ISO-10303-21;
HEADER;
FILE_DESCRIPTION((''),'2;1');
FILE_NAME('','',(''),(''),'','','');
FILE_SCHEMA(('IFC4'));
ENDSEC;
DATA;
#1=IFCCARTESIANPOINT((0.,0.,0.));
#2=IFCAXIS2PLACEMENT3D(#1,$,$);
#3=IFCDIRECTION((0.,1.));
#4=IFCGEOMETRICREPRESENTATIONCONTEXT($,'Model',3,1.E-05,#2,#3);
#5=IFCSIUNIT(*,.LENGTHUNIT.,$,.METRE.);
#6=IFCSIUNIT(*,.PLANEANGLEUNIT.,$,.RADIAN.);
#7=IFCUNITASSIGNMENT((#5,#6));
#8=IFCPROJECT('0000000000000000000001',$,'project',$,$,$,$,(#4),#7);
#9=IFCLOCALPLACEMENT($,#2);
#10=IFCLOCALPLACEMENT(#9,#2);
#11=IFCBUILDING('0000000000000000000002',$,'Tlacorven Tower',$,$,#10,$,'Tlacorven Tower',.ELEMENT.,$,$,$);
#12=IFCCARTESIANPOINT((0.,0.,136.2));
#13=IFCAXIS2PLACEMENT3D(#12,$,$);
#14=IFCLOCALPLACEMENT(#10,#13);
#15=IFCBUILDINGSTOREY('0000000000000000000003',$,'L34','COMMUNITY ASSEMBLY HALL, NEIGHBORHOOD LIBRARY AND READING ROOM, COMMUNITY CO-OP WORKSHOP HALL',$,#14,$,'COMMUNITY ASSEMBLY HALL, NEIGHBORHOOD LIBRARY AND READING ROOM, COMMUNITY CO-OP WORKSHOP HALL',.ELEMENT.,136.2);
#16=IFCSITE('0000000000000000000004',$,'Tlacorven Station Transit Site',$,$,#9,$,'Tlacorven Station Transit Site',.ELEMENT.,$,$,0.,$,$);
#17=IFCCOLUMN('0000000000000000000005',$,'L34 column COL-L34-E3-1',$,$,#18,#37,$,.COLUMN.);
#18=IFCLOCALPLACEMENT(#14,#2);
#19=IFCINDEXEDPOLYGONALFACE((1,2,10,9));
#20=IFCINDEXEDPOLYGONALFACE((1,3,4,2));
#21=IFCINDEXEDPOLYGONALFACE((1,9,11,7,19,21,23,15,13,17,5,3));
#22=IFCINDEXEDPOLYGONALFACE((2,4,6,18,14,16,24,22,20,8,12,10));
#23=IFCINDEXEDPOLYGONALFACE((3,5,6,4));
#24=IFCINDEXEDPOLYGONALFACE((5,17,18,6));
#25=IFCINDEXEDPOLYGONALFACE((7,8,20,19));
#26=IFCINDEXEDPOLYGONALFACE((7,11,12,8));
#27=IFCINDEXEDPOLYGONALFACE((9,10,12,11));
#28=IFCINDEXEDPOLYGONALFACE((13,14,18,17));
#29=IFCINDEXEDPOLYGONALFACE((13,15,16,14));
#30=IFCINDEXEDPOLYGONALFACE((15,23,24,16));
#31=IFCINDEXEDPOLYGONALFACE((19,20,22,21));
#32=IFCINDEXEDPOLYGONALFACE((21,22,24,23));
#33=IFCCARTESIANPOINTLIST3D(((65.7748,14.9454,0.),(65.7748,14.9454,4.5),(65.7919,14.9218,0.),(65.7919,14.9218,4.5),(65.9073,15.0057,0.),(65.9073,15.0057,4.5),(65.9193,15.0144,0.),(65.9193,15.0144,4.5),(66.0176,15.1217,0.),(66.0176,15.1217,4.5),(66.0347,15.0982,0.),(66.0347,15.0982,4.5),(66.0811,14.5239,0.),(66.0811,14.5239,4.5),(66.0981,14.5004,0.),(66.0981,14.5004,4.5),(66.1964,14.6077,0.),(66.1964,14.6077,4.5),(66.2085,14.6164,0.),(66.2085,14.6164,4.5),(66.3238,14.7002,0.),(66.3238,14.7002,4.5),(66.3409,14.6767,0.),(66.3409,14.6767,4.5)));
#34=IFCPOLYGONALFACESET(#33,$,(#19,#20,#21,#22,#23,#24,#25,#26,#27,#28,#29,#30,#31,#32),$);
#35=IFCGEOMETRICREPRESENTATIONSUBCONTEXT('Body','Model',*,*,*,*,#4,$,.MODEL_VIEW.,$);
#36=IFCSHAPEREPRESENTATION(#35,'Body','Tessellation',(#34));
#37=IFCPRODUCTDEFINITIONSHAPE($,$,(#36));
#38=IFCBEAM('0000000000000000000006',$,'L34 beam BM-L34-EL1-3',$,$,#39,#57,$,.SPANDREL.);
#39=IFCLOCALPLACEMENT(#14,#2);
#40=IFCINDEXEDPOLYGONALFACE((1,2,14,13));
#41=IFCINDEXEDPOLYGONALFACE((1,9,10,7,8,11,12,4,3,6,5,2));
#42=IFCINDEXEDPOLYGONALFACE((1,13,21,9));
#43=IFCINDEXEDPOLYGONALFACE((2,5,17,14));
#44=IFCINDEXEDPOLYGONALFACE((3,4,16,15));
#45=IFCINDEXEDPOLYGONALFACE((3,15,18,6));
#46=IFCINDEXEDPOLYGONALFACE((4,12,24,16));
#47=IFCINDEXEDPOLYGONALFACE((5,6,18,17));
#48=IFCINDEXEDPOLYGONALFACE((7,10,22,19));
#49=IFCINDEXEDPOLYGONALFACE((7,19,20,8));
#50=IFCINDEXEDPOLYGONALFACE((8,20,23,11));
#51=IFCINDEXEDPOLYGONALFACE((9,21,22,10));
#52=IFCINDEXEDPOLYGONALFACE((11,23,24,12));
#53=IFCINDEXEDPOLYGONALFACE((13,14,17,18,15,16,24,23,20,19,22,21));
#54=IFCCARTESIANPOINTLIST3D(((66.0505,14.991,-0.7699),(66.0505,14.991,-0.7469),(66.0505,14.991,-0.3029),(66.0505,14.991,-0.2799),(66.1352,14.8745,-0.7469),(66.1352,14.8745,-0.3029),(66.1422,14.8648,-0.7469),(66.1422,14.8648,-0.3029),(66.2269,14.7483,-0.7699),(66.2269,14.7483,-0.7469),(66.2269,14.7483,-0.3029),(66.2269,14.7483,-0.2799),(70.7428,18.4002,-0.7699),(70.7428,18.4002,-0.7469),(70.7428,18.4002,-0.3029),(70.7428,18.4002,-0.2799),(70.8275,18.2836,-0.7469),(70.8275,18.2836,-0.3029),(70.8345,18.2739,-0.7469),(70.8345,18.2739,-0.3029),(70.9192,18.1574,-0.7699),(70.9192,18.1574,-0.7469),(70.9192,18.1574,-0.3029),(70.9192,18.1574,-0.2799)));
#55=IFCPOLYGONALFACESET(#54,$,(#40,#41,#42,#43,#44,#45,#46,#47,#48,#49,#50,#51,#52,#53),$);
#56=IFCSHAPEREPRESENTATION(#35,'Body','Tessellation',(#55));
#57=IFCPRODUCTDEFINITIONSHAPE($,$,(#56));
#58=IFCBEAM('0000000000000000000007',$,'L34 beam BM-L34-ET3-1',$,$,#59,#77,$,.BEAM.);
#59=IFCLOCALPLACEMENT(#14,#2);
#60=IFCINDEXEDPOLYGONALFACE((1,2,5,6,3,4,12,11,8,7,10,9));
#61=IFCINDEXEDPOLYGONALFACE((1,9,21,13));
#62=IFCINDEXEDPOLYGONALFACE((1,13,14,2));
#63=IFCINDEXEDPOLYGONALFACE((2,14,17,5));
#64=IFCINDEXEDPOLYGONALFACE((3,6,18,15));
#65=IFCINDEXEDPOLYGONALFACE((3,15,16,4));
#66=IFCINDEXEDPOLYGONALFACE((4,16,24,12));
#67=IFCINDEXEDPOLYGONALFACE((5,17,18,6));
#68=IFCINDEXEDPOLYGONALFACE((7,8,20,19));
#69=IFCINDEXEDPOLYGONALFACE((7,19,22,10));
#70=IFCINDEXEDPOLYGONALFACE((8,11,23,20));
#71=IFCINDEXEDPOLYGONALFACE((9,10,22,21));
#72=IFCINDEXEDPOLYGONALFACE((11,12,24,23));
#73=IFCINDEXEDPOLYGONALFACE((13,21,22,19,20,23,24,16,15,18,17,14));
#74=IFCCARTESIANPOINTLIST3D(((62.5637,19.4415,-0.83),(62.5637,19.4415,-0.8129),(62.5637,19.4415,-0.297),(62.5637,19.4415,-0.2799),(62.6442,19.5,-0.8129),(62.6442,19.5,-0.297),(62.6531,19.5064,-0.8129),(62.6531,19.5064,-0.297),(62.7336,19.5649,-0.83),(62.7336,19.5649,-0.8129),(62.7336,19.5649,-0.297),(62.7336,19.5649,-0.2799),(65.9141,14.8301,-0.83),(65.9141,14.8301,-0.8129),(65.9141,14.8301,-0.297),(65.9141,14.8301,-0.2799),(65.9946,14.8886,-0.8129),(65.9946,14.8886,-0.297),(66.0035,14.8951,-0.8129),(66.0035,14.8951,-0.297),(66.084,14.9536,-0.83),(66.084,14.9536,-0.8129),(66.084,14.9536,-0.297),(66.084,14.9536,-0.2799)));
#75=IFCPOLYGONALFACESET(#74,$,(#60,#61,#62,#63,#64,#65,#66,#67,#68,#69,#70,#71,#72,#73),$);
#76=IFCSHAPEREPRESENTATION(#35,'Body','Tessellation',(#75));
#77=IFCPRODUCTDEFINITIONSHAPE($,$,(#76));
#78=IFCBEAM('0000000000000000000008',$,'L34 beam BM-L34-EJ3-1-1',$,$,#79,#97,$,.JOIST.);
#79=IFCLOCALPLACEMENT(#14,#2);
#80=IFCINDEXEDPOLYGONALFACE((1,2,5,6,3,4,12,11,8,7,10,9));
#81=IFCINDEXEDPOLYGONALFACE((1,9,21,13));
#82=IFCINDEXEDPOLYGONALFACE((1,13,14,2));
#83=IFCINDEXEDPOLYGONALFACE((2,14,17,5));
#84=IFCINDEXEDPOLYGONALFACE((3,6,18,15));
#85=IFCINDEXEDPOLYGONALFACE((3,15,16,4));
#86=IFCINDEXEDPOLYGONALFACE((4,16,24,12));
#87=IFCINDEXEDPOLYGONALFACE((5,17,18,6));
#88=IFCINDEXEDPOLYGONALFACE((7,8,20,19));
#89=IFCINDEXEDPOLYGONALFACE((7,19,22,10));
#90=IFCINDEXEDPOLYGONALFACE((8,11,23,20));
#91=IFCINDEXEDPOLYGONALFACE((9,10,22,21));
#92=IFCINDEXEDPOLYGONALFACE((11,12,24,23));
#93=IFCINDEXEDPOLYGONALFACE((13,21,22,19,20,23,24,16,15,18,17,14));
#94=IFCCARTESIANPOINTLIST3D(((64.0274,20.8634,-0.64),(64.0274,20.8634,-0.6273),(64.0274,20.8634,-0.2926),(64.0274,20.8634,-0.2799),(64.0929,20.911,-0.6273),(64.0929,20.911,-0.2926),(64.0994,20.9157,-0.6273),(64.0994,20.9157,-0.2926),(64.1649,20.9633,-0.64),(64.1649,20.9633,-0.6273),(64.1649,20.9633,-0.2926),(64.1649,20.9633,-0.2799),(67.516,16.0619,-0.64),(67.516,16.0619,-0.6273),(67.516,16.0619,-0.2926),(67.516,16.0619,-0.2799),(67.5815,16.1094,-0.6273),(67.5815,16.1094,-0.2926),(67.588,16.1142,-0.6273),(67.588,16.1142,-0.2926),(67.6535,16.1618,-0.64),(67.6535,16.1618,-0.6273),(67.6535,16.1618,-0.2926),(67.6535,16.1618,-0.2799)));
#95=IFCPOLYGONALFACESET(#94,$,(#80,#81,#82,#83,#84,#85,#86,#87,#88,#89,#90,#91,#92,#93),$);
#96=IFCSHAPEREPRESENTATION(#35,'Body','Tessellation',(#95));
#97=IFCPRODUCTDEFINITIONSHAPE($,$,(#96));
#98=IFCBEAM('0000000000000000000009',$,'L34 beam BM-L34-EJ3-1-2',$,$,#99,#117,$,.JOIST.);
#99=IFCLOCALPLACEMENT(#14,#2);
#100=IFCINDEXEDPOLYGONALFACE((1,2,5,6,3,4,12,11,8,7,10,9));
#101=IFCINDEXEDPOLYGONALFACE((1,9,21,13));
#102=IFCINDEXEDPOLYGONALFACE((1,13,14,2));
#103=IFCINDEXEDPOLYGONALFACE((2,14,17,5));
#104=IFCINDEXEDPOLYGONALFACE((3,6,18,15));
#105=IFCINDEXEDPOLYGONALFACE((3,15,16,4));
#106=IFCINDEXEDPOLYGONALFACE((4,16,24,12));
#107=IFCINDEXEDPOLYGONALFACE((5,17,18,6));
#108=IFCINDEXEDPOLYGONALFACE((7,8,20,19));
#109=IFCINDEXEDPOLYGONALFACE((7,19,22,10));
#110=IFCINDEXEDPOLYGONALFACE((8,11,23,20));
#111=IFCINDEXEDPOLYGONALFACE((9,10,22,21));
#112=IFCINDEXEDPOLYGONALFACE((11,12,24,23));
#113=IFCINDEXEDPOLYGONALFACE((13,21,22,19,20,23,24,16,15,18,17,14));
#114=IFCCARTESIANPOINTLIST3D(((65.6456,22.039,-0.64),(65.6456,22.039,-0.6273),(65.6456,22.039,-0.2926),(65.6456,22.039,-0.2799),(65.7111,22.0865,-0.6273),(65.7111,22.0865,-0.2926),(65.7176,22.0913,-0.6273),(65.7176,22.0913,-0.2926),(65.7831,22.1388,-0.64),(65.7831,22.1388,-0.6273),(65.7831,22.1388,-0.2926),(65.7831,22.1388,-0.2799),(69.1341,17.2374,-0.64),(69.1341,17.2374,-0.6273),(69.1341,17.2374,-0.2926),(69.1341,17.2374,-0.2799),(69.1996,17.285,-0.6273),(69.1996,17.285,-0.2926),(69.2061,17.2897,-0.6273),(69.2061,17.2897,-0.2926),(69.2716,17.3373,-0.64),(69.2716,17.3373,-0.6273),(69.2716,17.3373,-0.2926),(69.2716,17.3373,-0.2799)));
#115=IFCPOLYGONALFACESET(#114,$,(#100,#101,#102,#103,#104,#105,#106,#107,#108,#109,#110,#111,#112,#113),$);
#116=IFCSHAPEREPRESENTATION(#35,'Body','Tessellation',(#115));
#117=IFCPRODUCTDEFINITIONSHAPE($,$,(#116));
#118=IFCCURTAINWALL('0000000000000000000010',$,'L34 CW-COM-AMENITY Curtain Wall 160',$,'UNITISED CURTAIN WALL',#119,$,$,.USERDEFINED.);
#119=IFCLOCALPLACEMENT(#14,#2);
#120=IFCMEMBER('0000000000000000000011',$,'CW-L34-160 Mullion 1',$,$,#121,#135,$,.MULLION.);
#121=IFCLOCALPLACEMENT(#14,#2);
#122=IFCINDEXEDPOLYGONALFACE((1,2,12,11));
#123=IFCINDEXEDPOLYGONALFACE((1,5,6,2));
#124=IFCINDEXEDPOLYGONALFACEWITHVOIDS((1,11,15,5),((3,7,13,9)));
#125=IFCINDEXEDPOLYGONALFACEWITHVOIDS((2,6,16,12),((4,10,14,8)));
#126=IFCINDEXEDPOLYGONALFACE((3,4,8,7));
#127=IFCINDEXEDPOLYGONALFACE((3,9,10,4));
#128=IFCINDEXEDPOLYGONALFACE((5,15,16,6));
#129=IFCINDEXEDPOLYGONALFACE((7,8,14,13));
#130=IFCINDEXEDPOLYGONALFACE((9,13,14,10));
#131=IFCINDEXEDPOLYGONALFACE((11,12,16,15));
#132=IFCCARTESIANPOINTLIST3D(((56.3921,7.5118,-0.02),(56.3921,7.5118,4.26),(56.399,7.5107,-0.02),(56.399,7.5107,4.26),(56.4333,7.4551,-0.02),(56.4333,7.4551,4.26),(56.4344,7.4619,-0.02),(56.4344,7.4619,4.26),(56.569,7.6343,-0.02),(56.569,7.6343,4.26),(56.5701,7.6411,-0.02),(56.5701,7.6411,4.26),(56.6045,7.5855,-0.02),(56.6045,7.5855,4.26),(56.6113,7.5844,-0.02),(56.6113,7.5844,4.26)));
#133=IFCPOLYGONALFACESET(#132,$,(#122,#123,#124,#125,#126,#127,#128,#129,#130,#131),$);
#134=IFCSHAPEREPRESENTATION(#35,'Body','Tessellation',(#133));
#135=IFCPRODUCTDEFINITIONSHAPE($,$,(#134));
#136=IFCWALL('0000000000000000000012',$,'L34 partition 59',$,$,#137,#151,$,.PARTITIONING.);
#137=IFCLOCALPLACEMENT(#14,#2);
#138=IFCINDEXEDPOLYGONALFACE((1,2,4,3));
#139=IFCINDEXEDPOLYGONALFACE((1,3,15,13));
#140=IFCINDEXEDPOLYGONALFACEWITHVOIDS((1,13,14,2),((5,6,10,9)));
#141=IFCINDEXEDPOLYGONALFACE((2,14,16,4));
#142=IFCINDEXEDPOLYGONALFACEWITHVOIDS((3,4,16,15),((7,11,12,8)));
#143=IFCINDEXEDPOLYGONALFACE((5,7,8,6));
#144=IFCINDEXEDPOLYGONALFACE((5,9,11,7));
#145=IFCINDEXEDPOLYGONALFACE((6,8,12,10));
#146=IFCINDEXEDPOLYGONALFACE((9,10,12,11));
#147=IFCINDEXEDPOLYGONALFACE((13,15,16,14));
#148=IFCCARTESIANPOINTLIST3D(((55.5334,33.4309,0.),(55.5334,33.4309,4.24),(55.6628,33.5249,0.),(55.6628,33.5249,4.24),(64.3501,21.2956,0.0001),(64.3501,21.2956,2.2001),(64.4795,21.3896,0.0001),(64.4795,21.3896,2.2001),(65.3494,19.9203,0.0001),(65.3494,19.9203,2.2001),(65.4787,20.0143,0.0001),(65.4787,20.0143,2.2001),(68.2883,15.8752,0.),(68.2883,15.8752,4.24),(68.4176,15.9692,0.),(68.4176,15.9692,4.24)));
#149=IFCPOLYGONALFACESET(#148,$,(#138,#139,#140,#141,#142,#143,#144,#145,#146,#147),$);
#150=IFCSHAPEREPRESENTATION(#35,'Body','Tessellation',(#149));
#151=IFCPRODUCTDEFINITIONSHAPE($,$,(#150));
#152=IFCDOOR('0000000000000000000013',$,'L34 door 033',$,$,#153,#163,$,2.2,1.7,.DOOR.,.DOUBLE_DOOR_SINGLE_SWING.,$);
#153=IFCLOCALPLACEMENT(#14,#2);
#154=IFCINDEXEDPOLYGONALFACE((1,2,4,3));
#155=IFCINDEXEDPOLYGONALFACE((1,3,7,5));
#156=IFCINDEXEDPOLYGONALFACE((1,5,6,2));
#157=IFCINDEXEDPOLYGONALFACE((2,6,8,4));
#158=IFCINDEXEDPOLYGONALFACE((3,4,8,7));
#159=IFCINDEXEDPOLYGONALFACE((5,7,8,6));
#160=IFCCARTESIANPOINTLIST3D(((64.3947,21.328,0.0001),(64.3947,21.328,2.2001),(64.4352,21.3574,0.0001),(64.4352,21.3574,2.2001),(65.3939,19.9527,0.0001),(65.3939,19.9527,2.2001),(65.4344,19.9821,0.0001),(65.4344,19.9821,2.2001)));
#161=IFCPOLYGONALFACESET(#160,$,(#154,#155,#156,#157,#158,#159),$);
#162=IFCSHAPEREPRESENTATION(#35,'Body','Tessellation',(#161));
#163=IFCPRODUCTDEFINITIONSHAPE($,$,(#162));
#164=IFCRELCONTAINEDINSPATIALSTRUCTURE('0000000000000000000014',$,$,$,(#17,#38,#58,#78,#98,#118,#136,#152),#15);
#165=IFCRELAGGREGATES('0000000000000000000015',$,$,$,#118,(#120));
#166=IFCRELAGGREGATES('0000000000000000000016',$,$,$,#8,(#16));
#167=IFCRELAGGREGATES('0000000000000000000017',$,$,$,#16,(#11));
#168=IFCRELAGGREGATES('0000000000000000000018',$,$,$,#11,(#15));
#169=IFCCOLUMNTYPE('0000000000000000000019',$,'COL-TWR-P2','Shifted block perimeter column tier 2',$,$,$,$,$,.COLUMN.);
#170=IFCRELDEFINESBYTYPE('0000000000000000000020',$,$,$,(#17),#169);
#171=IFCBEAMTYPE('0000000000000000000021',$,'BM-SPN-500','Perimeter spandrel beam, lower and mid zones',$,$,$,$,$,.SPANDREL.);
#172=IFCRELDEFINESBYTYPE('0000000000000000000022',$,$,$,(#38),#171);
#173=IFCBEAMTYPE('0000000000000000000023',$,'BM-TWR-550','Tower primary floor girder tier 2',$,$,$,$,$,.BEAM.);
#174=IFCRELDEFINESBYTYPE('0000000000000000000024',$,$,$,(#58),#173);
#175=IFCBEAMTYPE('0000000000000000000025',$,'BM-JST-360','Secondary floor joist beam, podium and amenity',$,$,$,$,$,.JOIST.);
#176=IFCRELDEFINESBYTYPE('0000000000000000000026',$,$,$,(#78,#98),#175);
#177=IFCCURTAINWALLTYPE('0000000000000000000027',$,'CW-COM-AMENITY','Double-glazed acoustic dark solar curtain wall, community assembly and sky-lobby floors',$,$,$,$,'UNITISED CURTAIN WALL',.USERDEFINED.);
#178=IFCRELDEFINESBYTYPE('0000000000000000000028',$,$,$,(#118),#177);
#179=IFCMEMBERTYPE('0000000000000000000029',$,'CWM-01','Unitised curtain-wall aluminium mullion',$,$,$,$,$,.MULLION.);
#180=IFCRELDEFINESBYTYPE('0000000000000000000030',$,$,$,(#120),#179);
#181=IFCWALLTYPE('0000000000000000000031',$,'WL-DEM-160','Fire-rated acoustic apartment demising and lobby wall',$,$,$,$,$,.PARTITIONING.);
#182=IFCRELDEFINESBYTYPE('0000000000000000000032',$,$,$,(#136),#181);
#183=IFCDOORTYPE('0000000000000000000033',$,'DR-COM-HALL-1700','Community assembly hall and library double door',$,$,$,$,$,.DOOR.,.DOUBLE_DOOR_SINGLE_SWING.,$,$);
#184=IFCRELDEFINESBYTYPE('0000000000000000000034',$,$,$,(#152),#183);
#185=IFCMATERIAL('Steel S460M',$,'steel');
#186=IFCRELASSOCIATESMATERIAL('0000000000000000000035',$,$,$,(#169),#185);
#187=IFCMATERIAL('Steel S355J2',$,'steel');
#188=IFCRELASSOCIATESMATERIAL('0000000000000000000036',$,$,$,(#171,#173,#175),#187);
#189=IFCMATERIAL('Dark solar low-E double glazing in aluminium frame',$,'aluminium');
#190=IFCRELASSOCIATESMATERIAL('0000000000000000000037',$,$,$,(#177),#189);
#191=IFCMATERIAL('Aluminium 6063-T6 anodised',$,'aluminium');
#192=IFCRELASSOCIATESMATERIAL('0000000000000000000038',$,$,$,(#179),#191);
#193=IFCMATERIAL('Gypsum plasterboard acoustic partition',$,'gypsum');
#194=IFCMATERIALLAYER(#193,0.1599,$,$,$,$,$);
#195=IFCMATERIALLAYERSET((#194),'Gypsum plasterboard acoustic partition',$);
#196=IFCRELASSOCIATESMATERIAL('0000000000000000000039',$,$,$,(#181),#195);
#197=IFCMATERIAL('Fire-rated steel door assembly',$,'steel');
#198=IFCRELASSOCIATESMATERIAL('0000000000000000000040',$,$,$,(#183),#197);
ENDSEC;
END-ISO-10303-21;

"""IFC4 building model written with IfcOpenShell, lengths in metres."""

from ifc_helpers import new_model, si_unit, direction, frame, frame_2d, origin, origin_2d, place, context, subcontext, project, spatial, rectangle, hollow_rectangle, i_section, extrude, source, transform, mapped, material, layer, layer_set, material_profile, profile_set, type_object, element, fill, aggregate, save


model = new_model("IFC4")

# Units and contexts
model_context = context("Model", 3, precision=1e-05, world=origin(), true_north=direction((0.0, 1.0)))
body_context = subcontext(model_context, "Body", "Model", "MODEL_VIEW")
ifc_project = project(units=[si_unit("LENGTHUNIT", "METRE"), si_unit("PLANEANGLEUNIT", "RADIAN")], contexts=[model_context])

# Site, building, storey
site_placement = place(None, origin())
site = spatial("IfcSite", under=ifc_project, at=site_placement, Name="Tlacorven Station Transit Site", LongName="Tlacorven Station Transit Site", CompositionType="ELEMENT", RefElevation=0.0)
building_placement = place(site_placement, origin())
building = spatial("IfcBuilding", under=site, at=building_placement, Name="Tlacorven Tower", LongName="Tlacorven Tower", CompositionType="ELEMENT")
storey_placement = place(building_placement, frame((0.0, 0.0, 136.2)))
storey = spatial("IfcBuildingStorey", under=building, at=storey_placement, Name="L34", Description="COMMUNITY ASSEMBLY HALL, NEIGHBORHOOD LIBRARY AND READING ROOM, COMMUNITY CO-OP WORKSHOP HALL", LongName="COMMUNITY ASSEMBLY HALL, NEIGHBORHOOD LIBRARY AND READING ROOM, COMMUNITY CO-OP WORKSHOP HALL", CompositionType="ELEMENT", Elevation=136.2)

# Column
ifc_material_1 = material(Name="Steel S460M", Category="steel")
ifc_material_profile_1 = material_profile(ifc_material_1, i_section(OverallWidth=0.3, OverallDepth=0.55, WebThickness=0.0149, FlangeThickness=0.0291, at=origin_2d()), Name="HEB 550")
ifc_profile_set_1 = profile_set([ifc_material_profile_1], Name="Steel S460M")
column_type = type_object("IfcColumnType", Name="COL-TWR-P2", Description="Shifted block perimeter column tier 2", PredefinedType="COLUMN", material=ifc_profile_set_1)
shared_shape_1 = source(origin(), body_context, "Body", "SweptSolid", [
    extrude(i_section(OverallWidth=0.3, OverallDepth=0.55, WebThickness=0.0149, FlangeThickness=0.0291, at=origin_2d()), origin(), (0.0, 0.0, 1.0), 4.5),
])
column_placement = place(storey_placement, frame((66.0579, 14.811, 0.0), z_axis=(0.0, 0.0, 1.0), x_axis=(0.809017, 0.587785, 0.0)))
element("IfcColumn", 1, at=column_placement, inside=storey, type_object=column_type, Name="L34 column COL-L34-E3-1", PredefinedType="COLUMN", context=body_context, shape_type="MappedRepresentation", body=[
    mapped(shared_shape_1, transform((0.0, 0.0, 0.0), scale=1.0)),
])

# Beams
ifc_material_2 = material(Name="Steel S355J2", Category="steel")
ifc_material_profile_2 = material_profile(ifc_material_2, i_section(OverallWidth=0.3, OverallDepth=0.49, WebThickness=0.012, FlangeThickness=0.0229, at=origin_2d()), Name="HEA 500")
ifc_profile_set_2 = profile_set([ifc_material_profile_2], Name="Steel S355J2")
beam_type_1 = type_object("IfcBeamType", Name="BM-SPN-500", Description="Perimeter spandrel beam, lower and mid zones", PredefinedType="SPANDREL", material=ifc_profile_set_2)
shared_shape_2 = source(origin(), body_context, "Body", "SweptSolid", [
    extrude(i_section(OverallWidth=0.3, OverallDepth=0.49, WebThickness=0.012, FlangeThickness=0.0229, at=origin_2d()), origin(), (0.0, 0.0, 1.0), 5.8),
])
beam_1_placement = place(storey_placement, frame((66.1387, 14.8696, -0.5249), z_axis=(0.80902, 0.587781, 0.0), x_axis=(-0.587781, 0.80902, 0.0)))
element("IfcBeam", 2, at=beam_1_placement, inside=storey, type_object=beam_type_1, Name="L34 beam BM-L34-EL1-3", PredefinedType="SPANDREL", context=body_context, shape_type="MappedRepresentation", body=[
    mapped(shared_shape_2, transform((0.0, 0.0, 0.0), scale=1.0)),
])
ifc_material_profile_3 = material_profile(ifc_material_2, i_section(OverallWidth=0.21, OverallDepth=0.55, WebThickness=0.011, FlangeThickness=0.0171, at=origin_2d()), Name="IPE 550")
ifc_profile_set_3 = profile_set([ifc_material_profile_3], Name="Steel S355J2")
beam_type_2 = type_object("IfcBeamType", Name="BM-TWR-550", Description="Tower primary floor girder tier 2", PredefinedType="BEAM", material=ifc_profile_set_3)
shared_shape_3 = source(origin(), body_context, "Body", "SweptSolid", [
    extrude(i_section(OverallWidth=0.21, OverallDepth=0.55, WebThickness=0.011, FlangeThickness=0.0171, at=origin_2d()), origin(), (0.0, 0.0, 1.0), 5.7),
])
beam_2_placement = place(storey_placement, frame((65.999, 14.8918, -0.5549), z_axis=(-0.587787, 0.809016, 0.0), x_axis=(-0.809016, -0.587787, 0.0)))
element("IfcBeam", 3, at=beam_2_placement, inside=storey, type_object=beam_type_2, Name="L34 beam BM-L34-ET3-1", PredefinedType="BEAM", context=body_context, shape_type="MappedRepresentation", body=[
    mapped(shared_shape_3, transform((0.0, 0.0, 0.0), scale=1.0)),
])
ifc_material_profile_4 = material_profile(ifc_material_2, i_section(OverallWidth=0.1699, OverallDepth=0.3601, WebThickness=0.0081, FlangeThickness=0.0127, at=origin_2d()), Name="IPE 360")
ifc_profile_set_4 = profile_set([ifc_material_profile_4], Name="Steel S355J2")
beam_type_3 = type_object("IfcBeamType", Name="BM-JST-360", Description="Secondary floor joist beam, podium and amenity", PredefinedType="JOIST", material=ifc_profile_set_4)
shared_shape_4 = source(origin(), body_context, "Body", "SweptSolid", [
    extrude(i_section(OverallWidth=0.1699, OverallDepth=0.3601, WebThickness=0.0081, FlangeThickness=0.0127, at=origin_2d()), origin(), (0.0, 0.0, 1.0), 5.9351),
])
for number, where, z_axis, x_axis, name in (
    (4, (67.5847, 16.1118, -0.46), (-0.587788, 0.809015, 0.0), (-0.809015, -0.587788, 0.0), "L34 beam BM-L34-EJ3-1-1"),
    (5, (69.2029, 17.2874, -0.46), (-0.587788, 0.809015, 0.0), (-0.809015, -0.587788, 0.0), "L34 beam BM-L34-EJ3-1-2"),
):
    element("IfcBeam", number, at=place(storey_placement, frame(where, z_axis=z_axis, x_axis=x_axis)), inside=storey, type_object=beam_type_3, Name=name, PredefinedType="JOIST", context=body_context, shape_type="MappedRepresentation", body=[
        mapped(shared_shape_4, transform((0.0, 0.0, 0.0), scale=1.0)),
    ])

# Curtain wall, member
ifc_material_3 = material(Name="Dark solar low-E double glazing in aluminium frame", Category="aluminium")
curtain_wall_type = type_object("IfcCurtainWallType", Name="CW-COM-AMENITY", Description="Double-glazed acoustic dark solar curtain wall, community assembly and sky-lobby floors", ElementType="UNITISED CURTAIN WALL", PredefinedType="USERDEFINED", material=ifc_material_3)
curtain_wall_placement = place(storey_placement, origin())
curtain_wall = element("IfcCurtainWall", 6, at=curtain_wall_placement, inside=storey, type_object=curtain_wall_type, Name="L34 CW-COM-AMENITY Curtain Wall 160", ObjectType="UNITISED CURTAIN WALL", PredefinedType="USERDEFINED")
ifc_material_4 = material(Name="Aluminium 6063-T6 anodised", Category="aluminium")
ifc_material_profile_5 = material_profile(ifc_material_4, hollow_rectangle(XDim=0.0701, YDim=0.22, WallThickness=0.0049, at=origin_2d()), Name="ALU MULLION 70X220")
ifc_profile_set_5 = profile_set([ifc_material_profile_5], Name="Aluminium 6063-T6 anodised")
member_type = type_object("IfcMemberType", Name="CWM-01", Description="Unitised curtain-wall aluminium mullion", PredefinedType="MULLION", material=ifc_profile_set_5)
shared_shape_5 = source(origin(), body_context, "Body", "SweptSolid", [
    extrude(hollow_rectangle(XDim=0.0701, YDim=0.22, WallThickness=0.0049, at=origin_2d()), origin(), (0.0, 0.0, 1.0), 4.28),
])
member_placement = place(storey_placement, frame((56.5017, 7.5481, -0.02), z_axis=(0.0, 0.0, 1.0), x_axis=(-0.587785, 0.809017, 0.0)))
member = element("IfcMember", 7, at=member_placement, type_object=member_type, Name="CW-L34-160 Mullion 1", PredefinedType="MULLION", context=body_context, shape_type="MappedRepresentation", body=[
    mapped(shared_shape_5, transform((0.0, 0.0, 0.0), scale=1.0)),
])
aggregate(curtain_wall, [member])

# Wall, opening, door
ifc_material_5 = material(Name="Gypsum plasterboard acoustic partition", Category="gypsum")
ifc_layer_1 = layer(ifc_material_5, 0.1599)
ifc_layer_set_1 = layer_set([ifc_layer_1], Name="Gypsum plasterboard acoustic partition")
wall_type_1 = type_object("IfcWallType", Name="WL-DEM-160", Description="Fire-rated acoustic apartment demising and lobby wall", PredefinedType="PARTITIONING", material=ifc_layer_set_1)
wall_1_placement = place(storey_placement, frame((68.353, 15.9221, 0.0), z_axis=(0.0, 0.0, 1.0), x_axis=(-0.587784, 0.809018, 0.0)))
wall_1 = element("IfcWall", 8, at=wall_1_placement, inside=storey, type_object=wall_type_1, Name="L34 partition 59", PredefinedType="PARTITIONING", context=body_context, shape_type="SweptSolid", body=[
    extrude(rectangle(XDim=21.7, YDim=0.1599, at=frame_2d((10.8501, 0.0))), origin(), (0.0, 0.0, 1.0), 4.24),
])
opening_1_placement = place(wall_1_placement, frame((5.0, 0.0, 0.0)))
opening_1 = element("IfcOpeningElement", 9, at=opening_1_placement, cuts=wall_1, PredefinedType="OPENING", context=body_context, shape_type="SweptSolid", body=[
    extrude(rectangle(XDim=1.7, YDim=2.2, at=frame_2d((0.8501, 1.1001))), frame((0.0, 0.0898, 0.0), z_axis=(0.0, -1.0, 0.0), x_axis=(1.0, 0.0, 0.0)), (0.0, 0.0, 1.0), 0.1799),
])
ifc_material_6 = material(Name="Fire-rated steel door assembly", Category="steel")
door_type_1 = type_object("IfcDoorType", Name="DR-COM-HALL-1700", Description="Community assembly hall and library double door", OperationType="DOUBLE_DOOR_SINGLE_SWING", PredefinedType="DOOR", material=ifc_material_6)
shared_shape_6 = source(origin(), body_context, "Body", "SweptSolid", [
    extrude(rectangle(XDim=1.7, YDim=2.2, at=frame_2d((0.8501, 1.1001))), frame((0.0, 0.0249, 0.0), z_axis=(0.0, -1.0, 0.0), x_axis=(1.0, 0.0, 0.0)), (0.0, 0.0, 1.0), 0.05),
])
door_1_placement = place(opening_1_placement, origin())
door_1 = element("IfcDoor", 10, at=door_1_placement, inside=storey, type_object=door_type_1, Name="L34 door 033", OperationType="DOUBLE_DOOR_SINGLE_SWING", OverallHeight=2.2, OverallWidth=1.7, PredefinedType="DOOR", context=body_context, shape_type="MappedRepresentation", body=[
    mapped(shared_shape_6, transform((0.0, 0.0, 0.0), scale=1.0)),
])
fill(opening_1, door_1)

save(model, "model.ifc")
